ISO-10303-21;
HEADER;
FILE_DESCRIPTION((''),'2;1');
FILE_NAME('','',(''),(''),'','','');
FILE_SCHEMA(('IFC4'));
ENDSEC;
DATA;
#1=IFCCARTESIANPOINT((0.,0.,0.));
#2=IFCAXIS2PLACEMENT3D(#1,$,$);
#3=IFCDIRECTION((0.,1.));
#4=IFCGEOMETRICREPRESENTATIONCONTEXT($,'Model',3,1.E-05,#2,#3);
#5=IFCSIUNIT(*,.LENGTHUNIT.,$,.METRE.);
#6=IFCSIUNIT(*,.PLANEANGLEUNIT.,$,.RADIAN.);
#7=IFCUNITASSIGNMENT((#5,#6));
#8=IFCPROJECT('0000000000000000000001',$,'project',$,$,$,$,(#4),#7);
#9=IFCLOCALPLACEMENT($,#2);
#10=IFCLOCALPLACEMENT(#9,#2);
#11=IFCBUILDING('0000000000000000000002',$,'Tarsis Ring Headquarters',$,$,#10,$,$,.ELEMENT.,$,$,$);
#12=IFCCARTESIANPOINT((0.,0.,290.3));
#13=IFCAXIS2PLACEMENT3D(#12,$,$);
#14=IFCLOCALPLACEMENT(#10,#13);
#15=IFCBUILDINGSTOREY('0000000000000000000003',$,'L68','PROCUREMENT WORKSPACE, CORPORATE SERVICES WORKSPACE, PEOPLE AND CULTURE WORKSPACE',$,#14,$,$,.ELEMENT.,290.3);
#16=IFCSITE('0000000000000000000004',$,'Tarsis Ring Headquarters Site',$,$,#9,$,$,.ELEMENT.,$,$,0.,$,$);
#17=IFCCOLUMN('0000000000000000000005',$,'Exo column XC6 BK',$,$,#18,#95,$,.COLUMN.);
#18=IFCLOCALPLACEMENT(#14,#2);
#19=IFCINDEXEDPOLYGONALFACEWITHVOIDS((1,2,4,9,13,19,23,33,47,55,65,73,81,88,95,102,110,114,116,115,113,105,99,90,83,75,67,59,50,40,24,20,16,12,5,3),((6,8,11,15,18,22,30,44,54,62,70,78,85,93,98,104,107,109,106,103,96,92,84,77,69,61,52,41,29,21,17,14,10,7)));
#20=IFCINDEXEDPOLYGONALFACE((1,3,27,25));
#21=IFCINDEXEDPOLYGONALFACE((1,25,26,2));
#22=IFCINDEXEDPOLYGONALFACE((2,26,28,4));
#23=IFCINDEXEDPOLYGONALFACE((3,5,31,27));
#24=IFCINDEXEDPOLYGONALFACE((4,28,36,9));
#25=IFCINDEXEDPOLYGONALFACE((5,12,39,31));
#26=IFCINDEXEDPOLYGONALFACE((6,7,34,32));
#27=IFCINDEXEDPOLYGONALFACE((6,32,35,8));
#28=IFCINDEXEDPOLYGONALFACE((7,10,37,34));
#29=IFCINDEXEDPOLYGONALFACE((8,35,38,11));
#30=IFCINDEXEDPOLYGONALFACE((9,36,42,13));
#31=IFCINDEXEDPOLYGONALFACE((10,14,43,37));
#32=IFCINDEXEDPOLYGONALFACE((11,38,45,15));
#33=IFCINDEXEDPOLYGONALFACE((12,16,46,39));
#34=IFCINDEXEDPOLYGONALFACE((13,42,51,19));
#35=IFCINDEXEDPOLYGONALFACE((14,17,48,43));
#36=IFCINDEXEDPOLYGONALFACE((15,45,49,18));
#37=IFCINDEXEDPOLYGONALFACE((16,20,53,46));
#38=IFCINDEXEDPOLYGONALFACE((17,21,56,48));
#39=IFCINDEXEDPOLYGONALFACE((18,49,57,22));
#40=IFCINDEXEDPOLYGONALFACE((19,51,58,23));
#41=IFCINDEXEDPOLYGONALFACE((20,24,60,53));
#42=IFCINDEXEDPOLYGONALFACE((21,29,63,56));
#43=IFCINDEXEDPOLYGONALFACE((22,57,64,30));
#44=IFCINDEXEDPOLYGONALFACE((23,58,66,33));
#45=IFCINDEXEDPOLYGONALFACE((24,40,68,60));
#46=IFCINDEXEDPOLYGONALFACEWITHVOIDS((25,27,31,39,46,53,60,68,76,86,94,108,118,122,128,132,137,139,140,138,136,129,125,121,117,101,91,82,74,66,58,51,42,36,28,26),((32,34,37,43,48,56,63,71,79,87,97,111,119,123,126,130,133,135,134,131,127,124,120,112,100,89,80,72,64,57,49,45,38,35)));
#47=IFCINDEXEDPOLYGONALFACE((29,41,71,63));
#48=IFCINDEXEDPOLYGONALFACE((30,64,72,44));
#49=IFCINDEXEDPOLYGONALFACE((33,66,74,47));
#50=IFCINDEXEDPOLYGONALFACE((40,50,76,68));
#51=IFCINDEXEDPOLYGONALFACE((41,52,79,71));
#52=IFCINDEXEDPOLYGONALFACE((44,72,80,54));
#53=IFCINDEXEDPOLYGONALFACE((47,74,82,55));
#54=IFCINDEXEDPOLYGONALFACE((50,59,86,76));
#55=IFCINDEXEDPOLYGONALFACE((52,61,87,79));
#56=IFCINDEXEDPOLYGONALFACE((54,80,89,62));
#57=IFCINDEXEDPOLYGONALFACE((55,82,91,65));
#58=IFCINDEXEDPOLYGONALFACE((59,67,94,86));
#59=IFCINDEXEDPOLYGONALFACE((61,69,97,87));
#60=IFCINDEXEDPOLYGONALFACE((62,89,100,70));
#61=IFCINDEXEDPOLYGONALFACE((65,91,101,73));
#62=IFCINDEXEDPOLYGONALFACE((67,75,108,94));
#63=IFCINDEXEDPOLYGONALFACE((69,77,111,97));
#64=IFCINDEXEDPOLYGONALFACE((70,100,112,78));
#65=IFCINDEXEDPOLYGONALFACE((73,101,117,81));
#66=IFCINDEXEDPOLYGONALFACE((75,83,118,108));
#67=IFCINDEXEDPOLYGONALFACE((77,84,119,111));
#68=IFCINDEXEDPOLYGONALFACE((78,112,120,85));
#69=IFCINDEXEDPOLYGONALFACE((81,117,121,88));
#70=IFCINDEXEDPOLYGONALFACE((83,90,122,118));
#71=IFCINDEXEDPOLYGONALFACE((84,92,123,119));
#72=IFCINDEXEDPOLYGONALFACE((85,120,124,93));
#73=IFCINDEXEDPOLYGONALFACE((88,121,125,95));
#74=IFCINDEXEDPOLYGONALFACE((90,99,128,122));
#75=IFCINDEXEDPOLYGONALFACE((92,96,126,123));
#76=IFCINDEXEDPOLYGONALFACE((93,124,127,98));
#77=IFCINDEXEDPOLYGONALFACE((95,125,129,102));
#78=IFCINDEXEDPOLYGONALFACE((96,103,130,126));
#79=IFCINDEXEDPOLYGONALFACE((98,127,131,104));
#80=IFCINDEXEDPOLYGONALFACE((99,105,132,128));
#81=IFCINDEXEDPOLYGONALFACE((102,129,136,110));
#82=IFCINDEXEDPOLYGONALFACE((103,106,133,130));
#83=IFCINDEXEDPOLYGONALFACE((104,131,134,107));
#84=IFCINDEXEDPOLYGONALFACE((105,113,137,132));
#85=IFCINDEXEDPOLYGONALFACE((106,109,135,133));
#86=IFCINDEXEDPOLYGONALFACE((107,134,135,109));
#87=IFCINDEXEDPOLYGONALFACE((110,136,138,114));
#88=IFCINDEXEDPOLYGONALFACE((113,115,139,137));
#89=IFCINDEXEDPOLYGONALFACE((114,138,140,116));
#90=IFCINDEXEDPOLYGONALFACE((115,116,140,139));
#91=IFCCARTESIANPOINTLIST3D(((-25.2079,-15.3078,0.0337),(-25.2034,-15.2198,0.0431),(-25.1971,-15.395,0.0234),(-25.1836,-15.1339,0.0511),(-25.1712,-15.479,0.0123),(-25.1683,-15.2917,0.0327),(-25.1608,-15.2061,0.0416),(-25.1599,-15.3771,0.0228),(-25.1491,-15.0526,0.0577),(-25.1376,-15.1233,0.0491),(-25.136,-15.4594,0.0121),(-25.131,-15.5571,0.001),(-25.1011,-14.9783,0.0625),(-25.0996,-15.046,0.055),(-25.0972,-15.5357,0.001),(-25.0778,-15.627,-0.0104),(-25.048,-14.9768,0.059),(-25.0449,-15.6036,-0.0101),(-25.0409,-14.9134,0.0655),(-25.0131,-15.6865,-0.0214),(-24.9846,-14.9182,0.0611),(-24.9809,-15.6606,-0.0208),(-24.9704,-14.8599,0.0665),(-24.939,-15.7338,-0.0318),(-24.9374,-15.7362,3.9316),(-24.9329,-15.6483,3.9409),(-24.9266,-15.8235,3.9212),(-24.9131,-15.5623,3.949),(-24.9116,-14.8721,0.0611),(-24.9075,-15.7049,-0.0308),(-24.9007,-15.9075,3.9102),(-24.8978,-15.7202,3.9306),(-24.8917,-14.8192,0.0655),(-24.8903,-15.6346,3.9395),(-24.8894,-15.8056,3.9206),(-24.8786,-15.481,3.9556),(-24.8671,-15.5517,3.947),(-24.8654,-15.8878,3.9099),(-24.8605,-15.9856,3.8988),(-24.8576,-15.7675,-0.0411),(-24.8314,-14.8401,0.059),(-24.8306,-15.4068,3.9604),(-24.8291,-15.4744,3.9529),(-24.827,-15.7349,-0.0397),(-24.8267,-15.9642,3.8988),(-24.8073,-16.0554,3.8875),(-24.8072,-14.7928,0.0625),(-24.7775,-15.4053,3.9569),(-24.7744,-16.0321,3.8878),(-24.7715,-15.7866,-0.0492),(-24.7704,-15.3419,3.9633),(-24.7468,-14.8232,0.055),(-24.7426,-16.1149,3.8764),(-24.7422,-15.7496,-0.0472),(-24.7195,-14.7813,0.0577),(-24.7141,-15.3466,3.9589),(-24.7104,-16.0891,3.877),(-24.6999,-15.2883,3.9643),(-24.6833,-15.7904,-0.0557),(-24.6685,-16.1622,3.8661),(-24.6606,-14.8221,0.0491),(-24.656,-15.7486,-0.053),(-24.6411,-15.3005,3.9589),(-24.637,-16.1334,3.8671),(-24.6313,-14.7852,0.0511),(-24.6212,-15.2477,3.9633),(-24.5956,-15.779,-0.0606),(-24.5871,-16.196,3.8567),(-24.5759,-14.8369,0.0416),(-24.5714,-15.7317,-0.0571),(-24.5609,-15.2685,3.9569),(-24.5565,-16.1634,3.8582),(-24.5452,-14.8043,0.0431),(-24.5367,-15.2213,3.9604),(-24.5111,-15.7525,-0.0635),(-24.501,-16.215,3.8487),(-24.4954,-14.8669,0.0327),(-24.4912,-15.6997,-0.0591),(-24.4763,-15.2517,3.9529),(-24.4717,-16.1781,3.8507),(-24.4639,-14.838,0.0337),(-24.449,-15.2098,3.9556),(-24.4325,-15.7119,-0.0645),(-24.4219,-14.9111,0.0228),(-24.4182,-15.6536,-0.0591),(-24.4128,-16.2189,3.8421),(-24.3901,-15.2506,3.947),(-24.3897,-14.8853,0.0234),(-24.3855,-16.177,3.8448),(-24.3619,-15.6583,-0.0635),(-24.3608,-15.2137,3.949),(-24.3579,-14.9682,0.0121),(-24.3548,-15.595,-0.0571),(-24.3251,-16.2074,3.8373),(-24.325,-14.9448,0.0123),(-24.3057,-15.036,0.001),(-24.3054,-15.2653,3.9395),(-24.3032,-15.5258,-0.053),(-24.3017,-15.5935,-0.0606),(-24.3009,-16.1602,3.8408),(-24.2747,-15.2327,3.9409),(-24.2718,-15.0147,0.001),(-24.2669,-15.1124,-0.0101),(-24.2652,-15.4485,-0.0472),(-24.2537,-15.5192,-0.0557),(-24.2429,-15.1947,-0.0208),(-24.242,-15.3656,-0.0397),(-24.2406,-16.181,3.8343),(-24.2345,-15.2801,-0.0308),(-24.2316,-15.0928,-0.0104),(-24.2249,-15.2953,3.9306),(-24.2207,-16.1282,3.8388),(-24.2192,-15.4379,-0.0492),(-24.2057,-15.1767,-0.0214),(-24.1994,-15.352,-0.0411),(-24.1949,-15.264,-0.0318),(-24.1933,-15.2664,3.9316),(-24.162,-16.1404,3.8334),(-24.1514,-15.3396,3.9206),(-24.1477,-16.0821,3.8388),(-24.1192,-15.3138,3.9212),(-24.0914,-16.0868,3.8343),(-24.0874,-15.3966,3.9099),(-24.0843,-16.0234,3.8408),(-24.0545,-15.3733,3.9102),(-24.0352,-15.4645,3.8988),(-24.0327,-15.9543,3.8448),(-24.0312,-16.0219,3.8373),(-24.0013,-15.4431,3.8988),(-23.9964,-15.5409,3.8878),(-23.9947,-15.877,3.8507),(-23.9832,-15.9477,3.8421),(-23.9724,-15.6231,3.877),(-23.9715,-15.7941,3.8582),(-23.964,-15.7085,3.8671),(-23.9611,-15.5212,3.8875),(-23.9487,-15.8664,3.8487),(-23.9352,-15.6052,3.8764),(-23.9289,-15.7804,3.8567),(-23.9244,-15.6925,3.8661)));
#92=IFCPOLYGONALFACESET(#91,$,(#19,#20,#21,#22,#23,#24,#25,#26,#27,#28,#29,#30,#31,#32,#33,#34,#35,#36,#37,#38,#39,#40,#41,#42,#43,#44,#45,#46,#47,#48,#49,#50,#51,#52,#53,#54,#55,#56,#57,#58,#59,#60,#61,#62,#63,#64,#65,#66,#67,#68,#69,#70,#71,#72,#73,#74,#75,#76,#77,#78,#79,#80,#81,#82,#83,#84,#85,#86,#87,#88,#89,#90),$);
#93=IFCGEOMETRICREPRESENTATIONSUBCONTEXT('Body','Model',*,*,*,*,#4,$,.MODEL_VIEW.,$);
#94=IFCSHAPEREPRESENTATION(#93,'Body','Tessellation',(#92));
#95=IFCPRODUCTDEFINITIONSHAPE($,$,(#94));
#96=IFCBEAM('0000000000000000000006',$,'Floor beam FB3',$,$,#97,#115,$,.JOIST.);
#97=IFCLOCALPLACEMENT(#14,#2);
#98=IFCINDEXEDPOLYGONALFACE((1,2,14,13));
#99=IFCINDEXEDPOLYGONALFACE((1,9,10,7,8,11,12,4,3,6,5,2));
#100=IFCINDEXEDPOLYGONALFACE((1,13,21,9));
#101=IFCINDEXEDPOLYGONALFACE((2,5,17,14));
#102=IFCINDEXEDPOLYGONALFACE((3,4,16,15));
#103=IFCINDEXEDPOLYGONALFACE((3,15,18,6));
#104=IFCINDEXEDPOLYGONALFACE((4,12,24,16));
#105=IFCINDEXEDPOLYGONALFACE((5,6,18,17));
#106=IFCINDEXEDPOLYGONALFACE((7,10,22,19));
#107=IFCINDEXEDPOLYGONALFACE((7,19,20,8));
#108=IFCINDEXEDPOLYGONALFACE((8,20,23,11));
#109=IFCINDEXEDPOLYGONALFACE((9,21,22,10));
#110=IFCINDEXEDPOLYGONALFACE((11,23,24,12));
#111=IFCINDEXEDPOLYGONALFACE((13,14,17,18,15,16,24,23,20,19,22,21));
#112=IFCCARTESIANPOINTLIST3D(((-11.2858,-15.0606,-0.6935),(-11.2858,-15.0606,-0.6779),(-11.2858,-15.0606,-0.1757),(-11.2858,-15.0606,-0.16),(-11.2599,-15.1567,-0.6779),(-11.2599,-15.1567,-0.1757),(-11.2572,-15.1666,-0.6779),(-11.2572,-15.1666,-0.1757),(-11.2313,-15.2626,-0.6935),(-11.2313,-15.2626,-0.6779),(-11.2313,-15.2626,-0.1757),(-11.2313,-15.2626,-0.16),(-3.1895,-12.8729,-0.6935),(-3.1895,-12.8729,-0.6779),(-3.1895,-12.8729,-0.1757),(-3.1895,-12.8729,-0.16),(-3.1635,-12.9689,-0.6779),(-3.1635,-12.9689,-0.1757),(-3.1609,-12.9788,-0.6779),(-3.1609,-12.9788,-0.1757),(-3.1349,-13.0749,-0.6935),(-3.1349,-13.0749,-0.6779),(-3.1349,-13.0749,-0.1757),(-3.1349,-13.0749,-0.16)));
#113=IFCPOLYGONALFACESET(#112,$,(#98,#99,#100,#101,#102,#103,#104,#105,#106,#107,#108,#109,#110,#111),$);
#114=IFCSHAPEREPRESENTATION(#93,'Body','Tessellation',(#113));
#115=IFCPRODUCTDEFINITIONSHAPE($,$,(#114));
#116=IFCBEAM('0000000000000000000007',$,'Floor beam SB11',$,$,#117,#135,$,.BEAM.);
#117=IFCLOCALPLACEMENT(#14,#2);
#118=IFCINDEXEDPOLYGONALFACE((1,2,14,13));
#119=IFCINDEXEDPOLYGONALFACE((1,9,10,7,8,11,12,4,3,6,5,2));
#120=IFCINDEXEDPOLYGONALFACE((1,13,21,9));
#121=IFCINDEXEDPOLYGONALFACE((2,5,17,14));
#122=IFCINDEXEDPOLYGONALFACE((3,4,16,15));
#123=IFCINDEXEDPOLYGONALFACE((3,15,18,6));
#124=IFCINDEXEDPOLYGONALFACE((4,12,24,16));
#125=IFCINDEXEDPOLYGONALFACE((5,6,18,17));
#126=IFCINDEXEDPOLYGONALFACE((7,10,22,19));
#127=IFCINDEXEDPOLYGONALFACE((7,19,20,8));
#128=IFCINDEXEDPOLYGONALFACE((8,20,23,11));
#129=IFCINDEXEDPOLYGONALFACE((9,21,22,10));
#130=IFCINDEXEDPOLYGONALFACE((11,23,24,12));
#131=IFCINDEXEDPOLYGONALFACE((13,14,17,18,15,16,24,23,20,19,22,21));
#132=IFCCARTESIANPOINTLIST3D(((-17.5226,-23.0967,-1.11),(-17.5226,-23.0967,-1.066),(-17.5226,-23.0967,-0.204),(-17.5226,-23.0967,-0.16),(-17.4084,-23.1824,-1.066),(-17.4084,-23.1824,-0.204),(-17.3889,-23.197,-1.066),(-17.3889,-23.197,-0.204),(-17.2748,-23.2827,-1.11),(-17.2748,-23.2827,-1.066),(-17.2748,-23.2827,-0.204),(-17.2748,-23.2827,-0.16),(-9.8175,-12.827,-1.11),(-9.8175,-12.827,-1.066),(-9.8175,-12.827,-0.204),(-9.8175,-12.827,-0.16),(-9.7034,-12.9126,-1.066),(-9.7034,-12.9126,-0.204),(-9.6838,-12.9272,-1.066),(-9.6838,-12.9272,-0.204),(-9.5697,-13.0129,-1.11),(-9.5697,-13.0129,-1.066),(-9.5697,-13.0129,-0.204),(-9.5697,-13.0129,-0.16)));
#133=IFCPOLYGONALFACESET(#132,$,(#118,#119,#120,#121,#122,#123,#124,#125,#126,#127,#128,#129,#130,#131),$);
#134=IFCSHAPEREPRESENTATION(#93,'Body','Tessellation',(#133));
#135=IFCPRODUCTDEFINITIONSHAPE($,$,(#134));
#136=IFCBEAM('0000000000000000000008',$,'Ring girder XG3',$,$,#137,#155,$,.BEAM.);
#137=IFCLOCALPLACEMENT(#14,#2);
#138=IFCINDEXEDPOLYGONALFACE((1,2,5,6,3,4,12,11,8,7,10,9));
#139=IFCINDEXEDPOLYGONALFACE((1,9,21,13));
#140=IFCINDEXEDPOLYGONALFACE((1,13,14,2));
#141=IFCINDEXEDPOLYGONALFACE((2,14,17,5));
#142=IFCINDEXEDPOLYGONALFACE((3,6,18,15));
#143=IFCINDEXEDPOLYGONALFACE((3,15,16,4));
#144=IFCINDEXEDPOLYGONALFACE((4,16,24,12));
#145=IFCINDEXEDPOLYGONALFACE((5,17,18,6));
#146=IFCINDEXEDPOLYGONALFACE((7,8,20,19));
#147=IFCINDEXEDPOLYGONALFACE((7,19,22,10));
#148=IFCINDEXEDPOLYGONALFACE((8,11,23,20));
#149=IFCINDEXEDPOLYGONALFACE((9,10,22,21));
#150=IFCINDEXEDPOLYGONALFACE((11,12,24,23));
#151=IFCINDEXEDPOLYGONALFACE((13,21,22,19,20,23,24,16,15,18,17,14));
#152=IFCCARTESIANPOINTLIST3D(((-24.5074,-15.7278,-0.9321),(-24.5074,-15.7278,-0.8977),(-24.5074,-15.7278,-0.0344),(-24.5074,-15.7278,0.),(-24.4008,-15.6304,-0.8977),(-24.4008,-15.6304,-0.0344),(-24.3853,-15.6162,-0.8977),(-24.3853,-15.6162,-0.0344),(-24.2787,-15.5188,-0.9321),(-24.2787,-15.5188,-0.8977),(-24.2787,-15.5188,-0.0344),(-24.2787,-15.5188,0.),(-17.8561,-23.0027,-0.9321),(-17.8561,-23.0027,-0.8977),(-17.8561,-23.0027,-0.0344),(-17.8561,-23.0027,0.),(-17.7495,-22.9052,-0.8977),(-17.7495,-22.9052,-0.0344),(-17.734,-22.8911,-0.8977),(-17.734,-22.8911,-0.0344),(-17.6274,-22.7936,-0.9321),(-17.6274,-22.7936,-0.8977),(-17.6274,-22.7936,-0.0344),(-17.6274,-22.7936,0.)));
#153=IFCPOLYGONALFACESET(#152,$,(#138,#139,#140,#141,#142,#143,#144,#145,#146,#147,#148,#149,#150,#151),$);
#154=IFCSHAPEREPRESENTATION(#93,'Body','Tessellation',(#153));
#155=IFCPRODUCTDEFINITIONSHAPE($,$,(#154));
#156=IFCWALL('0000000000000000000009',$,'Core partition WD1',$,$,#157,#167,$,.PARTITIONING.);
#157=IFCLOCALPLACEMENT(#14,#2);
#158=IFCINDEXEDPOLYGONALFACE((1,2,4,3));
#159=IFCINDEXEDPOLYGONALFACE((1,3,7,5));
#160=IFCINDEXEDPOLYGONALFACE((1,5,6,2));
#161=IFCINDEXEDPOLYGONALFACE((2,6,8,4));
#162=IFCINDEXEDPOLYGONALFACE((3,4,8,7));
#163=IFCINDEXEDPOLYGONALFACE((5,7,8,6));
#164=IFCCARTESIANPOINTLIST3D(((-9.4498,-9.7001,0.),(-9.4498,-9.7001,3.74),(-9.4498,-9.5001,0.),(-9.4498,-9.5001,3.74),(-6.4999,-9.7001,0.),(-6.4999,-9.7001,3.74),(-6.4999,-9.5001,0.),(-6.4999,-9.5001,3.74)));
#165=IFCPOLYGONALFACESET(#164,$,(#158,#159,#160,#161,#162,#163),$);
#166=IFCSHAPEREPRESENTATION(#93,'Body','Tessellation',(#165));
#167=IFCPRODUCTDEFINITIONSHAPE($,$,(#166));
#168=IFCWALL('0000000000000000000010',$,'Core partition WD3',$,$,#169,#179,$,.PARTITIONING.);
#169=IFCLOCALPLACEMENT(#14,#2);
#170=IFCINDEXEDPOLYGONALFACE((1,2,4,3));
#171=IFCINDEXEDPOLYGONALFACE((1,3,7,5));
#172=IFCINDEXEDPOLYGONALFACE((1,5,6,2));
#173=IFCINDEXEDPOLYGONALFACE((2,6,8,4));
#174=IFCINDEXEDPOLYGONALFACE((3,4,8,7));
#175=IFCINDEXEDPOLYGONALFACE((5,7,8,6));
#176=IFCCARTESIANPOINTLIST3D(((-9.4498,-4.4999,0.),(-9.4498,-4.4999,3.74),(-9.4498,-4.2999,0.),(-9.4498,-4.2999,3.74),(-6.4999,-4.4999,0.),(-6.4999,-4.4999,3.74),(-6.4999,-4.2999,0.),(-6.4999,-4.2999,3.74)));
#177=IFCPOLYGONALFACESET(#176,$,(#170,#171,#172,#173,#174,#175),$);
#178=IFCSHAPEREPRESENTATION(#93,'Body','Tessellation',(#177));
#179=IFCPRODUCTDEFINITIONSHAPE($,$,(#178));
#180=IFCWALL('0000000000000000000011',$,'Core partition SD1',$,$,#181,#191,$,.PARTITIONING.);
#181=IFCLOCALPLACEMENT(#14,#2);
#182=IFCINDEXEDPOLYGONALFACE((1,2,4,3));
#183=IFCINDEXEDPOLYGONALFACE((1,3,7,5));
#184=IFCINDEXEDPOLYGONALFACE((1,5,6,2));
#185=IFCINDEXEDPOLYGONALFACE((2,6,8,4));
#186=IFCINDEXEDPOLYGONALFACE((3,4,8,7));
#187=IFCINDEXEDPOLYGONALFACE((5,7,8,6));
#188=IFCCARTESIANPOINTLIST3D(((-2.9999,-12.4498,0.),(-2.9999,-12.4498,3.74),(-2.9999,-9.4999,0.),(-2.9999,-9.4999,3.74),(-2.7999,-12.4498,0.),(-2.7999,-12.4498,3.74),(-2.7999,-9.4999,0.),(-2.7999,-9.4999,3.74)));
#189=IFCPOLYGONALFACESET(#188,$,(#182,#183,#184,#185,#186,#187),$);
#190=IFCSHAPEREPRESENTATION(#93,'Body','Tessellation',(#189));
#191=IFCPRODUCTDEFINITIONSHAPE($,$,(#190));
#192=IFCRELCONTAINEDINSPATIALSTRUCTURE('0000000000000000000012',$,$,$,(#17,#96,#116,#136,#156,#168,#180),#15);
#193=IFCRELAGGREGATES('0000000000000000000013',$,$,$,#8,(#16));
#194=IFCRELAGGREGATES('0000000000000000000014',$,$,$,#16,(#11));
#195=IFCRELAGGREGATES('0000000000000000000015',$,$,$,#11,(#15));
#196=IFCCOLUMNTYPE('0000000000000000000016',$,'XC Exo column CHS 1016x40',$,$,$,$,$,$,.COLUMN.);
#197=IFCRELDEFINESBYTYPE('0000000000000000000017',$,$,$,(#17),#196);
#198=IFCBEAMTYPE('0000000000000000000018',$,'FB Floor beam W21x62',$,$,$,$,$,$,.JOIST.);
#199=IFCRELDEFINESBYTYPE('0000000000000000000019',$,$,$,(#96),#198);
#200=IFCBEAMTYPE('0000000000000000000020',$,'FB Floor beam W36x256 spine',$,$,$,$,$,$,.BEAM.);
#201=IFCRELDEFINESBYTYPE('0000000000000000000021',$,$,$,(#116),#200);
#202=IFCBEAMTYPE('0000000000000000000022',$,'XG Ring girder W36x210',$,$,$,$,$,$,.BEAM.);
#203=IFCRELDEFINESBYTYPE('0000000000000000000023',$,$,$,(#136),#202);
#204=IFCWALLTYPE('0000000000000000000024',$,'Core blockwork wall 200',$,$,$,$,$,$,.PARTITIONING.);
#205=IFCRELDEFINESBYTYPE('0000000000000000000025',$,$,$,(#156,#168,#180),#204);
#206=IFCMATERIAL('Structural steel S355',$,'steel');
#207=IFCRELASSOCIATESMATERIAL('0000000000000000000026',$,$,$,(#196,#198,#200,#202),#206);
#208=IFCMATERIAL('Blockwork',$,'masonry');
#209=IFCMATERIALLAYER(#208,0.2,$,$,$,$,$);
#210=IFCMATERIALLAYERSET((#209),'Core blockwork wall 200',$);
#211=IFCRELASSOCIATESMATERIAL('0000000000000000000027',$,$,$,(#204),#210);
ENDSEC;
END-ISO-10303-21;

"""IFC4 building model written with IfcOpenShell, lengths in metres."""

from ifc_helpers import new_model, si_unit, direction, frame, frame_2d, origin, origin_2d, place, context, subcontext, project, spatial, rectangle, hollow_circle, i_section, extrude, material, layer, layer_set, material_profile, profile_set, type_object, element, save


model = new_model("IFC4")

# Units and contexts
model_context = context("Model", 3, precision=1e-05, world=origin(), true_north=direction((0.0, 1.0)))
body_context = subcontext(model_context, "Body", "Model", "MODEL_VIEW")
ifc_project = project(units=[si_unit("LENGTHUNIT", "METRE"), si_unit("PLANEANGLEUNIT", "RADIAN")], contexts=[model_context])

# Site, building, storey
site_placement = place(None, origin())
site = spatial("IfcSite", under=ifc_project, at=site_placement, Name="Tarsis Ring Headquarters Site", CompositionType="ELEMENT", RefElevation=0.0)
building_placement = place(site_placement, origin())
building = spatial("IfcBuilding", under=site, at=building_placement, Name="Tarsis Ring Headquarters", CompositionType="ELEMENT")
storey_placement = place(building_placement, frame((0.0, 0.0, 290.3)))
storey = spatial("IfcBuildingStorey", under=building, at=storey_placement, Name="L68", Description="PROCUREMENT WORKSPACE, CORPORATE SERVICES WORKSPACE, PEOPLE AND CULTURE WORKSPACE", CompositionType="ELEMENT", Elevation=290.3)

# Column
ifc_material_1 = material(Name="Structural steel S355", Category="steel")
ifc_material_profile_1 = material_profile(ifc_material_1, hollow_circle(Radius=0.5081, WallThickness=0.04, at=origin_2d()), Name="CHS 1016x40")
ifc_profile_set_1 = profile_set([ifc_material_profile_1], Name="Structural steel S355")
column_type = type_object("IfcColumnType", Name="XC Exo column CHS 1016x40", PredefinedType="COLUMN", material=ifc_profile_set_1)
column_placement = place(storey_placement, frame((-24.7014, -15.2859, 0.001), z_axis=(0.068818, -0.109004, 0.991656), x_axis=(0.84558, 0.533848, 0.0)))
element("IfcColumn", 1, at=column_placement, inside=storey, type_object=column_type, Name="Exo column XC6 BK", PredefinedType="COLUMN", context=body_context, shape_type="SweptSolid", body=[
    extrude(hollow_circle(Radius=0.5081, WallThickness=0.04, at=origin_2d()), origin(), (0.0, 0.0, 1.0), 3.9307),
])

# Beams
ifc_material_profile_2 = material_profile(ifc_material_1, i_section(OverallWidth=0.2092, OverallDepth=0.5334, WebThickness=0.0103, FlangeThickness=0.0156, at=origin_2d()), Name="W21x62")
ifc_profile_set_2 = profile_set([ifc_material_profile_2], Name="Structural steel S355")
beam_type_1 = type_object("IfcBeamType", Name="FB Floor beam W21x62", PredefinedType="JOIST", material=ifc_profile_set_2)
beam_1_placement = place(storey_placement, frame((-11.2585, -15.1616, -0.4268), z_axis=(0.965378, 0.260856, 0.0), x_axis=(-0.260856, 0.965378, 0.0)))
element("IfcBeam", 2, at=beam_1_placement, inside=storey, type_object=beam_type_1, Name="Floor beam FB3", PredefinedType="JOIST", context=body_context, shape_type="SweptSolid", body=[
    extrude(i_section(OverallWidth=0.2092, OverallDepth=0.5334, WebThickness=0.0103, FlangeThickness=0.0156, at=origin_2d()), origin(), (0.0, 0.0, 1.0), 8.3867),
])
ifc_material_profile_3 = material_profile(ifc_material_1, i_section(OverallWidth=0.3098, OverallDepth=0.95, WebThickness=0.0244, FlangeThickness=0.0439, at=origin_2d()), Name="W36x256")
ifc_profile_set_3 = profile_set([ifc_material_profile_3], Name="Structural steel S355")
beam_type_2 = type_object("IfcBeamType", Name="FB Floor beam W36x256 spine", PredefinedType="BEAM", material=ifc_profile_set_3)
beam_2_placement = place(storey_placement, frame((-9.6936, -12.9199, -0.635), z_axis=(-0.600137, -0.799897, 0.0), x_axis=(0.799897, -0.600137, 0.0)))
element("IfcBeam", 3, at=beam_2_placement, inside=storey, type_object=beam_type_2, Name="Floor beam SB11", PredefinedType="BEAM", context=body_context, shape_type="SweptSolid", body=[
    extrude(i_section(OverallWidth=0.3098, OverallDepth=0.95, WebThickness=0.0244, FlangeThickness=0.0439, at=origin_2d()), origin(), (0.0, 0.0, 1.0), 12.8389),
])
ifc_material_profile_4 = material_profile(ifc_material_1, i_section(OverallWidth=0.3098, OverallDepth=0.9321, WebThickness=0.021, FlangeThickness=0.0344, at=origin_2d()), Name="W36x210")
ifc_profile_set_4 = profile_set([ifc_material_profile_4], Name="Structural steel S355")
beam_type_3 = type_object("IfcBeamType", Name="XG Ring girder W36x210", PredefinedType="BEAM", material=ifc_profile_set_4)
beam_3_placement = place(storey_placement, frame((-24.3931, -15.6233, -0.4661), z_axis=(0.674771, -0.738027, 0.0), x_axis=(0.738027, 0.674771, 0.0)))
element("IfcBeam", 4, at=beam_3_placement, inside=storey, type_object=beam_type_3, Name="Ring girder XG3", PredefinedType="BEAM", context=body_context, shape_type="SweptSolid", body=[
    extrude(i_section(OverallWidth=0.3098, OverallDepth=0.9321, WebThickness=0.021, FlangeThickness=0.0344, at=origin_2d()), origin(), (0.0, 0.0, 1.0), 9.8572),
])

# Walls
ifc_material_2 = material(Name="Blockwork", Category="masonry")
ifc_layer_1 = layer(ifc_material_2, 0.2)
ifc_layer_set_1 = layer_set([ifc_layer_1], Name="Core blockwork wall 200")
wall_type_1 = type_object("IfcWallType", Name="Core blockwork wall 200", PredefinedType="PARTITIONING", material=ifc_layer_set_1)
for number, where, z_axis, x_axis, name in (
    (5, (-9.45, -9.6001, 0.0), (0.0, 0.0, 1.0), (1.0, 0.0, 0.0), "Core partition WD1"),
    (6, (-9.45, -4.3999, 0.0), (0.0, 0.0, 1.0), (1.0, 0.0, 0.0), "Core partition WD3"),
    (7, (-2.8999, -12.45, 0.0), (0.0, 0.0, 1.0), (0.0, 1.0, 0.0), "Core partition SD1"),
):
    element("IfcWall", number, at=place(storey_placement, frame(where, z_axis=z_axis, x_axis=x_axis)), inside=storey, type_object=wall_type_1, Name=name, PredefinedType="PARTITIONING", context=body_context, shape_type="SweptSolid", body=[
        extrude(rectangle(XDim=2.95, YDim=0.2, at=frame_2d((1.4751, 0.0))), origin(), (0.0, 0.0, 1.0), 3.74),
    ])

save(model, "model.ifc")
